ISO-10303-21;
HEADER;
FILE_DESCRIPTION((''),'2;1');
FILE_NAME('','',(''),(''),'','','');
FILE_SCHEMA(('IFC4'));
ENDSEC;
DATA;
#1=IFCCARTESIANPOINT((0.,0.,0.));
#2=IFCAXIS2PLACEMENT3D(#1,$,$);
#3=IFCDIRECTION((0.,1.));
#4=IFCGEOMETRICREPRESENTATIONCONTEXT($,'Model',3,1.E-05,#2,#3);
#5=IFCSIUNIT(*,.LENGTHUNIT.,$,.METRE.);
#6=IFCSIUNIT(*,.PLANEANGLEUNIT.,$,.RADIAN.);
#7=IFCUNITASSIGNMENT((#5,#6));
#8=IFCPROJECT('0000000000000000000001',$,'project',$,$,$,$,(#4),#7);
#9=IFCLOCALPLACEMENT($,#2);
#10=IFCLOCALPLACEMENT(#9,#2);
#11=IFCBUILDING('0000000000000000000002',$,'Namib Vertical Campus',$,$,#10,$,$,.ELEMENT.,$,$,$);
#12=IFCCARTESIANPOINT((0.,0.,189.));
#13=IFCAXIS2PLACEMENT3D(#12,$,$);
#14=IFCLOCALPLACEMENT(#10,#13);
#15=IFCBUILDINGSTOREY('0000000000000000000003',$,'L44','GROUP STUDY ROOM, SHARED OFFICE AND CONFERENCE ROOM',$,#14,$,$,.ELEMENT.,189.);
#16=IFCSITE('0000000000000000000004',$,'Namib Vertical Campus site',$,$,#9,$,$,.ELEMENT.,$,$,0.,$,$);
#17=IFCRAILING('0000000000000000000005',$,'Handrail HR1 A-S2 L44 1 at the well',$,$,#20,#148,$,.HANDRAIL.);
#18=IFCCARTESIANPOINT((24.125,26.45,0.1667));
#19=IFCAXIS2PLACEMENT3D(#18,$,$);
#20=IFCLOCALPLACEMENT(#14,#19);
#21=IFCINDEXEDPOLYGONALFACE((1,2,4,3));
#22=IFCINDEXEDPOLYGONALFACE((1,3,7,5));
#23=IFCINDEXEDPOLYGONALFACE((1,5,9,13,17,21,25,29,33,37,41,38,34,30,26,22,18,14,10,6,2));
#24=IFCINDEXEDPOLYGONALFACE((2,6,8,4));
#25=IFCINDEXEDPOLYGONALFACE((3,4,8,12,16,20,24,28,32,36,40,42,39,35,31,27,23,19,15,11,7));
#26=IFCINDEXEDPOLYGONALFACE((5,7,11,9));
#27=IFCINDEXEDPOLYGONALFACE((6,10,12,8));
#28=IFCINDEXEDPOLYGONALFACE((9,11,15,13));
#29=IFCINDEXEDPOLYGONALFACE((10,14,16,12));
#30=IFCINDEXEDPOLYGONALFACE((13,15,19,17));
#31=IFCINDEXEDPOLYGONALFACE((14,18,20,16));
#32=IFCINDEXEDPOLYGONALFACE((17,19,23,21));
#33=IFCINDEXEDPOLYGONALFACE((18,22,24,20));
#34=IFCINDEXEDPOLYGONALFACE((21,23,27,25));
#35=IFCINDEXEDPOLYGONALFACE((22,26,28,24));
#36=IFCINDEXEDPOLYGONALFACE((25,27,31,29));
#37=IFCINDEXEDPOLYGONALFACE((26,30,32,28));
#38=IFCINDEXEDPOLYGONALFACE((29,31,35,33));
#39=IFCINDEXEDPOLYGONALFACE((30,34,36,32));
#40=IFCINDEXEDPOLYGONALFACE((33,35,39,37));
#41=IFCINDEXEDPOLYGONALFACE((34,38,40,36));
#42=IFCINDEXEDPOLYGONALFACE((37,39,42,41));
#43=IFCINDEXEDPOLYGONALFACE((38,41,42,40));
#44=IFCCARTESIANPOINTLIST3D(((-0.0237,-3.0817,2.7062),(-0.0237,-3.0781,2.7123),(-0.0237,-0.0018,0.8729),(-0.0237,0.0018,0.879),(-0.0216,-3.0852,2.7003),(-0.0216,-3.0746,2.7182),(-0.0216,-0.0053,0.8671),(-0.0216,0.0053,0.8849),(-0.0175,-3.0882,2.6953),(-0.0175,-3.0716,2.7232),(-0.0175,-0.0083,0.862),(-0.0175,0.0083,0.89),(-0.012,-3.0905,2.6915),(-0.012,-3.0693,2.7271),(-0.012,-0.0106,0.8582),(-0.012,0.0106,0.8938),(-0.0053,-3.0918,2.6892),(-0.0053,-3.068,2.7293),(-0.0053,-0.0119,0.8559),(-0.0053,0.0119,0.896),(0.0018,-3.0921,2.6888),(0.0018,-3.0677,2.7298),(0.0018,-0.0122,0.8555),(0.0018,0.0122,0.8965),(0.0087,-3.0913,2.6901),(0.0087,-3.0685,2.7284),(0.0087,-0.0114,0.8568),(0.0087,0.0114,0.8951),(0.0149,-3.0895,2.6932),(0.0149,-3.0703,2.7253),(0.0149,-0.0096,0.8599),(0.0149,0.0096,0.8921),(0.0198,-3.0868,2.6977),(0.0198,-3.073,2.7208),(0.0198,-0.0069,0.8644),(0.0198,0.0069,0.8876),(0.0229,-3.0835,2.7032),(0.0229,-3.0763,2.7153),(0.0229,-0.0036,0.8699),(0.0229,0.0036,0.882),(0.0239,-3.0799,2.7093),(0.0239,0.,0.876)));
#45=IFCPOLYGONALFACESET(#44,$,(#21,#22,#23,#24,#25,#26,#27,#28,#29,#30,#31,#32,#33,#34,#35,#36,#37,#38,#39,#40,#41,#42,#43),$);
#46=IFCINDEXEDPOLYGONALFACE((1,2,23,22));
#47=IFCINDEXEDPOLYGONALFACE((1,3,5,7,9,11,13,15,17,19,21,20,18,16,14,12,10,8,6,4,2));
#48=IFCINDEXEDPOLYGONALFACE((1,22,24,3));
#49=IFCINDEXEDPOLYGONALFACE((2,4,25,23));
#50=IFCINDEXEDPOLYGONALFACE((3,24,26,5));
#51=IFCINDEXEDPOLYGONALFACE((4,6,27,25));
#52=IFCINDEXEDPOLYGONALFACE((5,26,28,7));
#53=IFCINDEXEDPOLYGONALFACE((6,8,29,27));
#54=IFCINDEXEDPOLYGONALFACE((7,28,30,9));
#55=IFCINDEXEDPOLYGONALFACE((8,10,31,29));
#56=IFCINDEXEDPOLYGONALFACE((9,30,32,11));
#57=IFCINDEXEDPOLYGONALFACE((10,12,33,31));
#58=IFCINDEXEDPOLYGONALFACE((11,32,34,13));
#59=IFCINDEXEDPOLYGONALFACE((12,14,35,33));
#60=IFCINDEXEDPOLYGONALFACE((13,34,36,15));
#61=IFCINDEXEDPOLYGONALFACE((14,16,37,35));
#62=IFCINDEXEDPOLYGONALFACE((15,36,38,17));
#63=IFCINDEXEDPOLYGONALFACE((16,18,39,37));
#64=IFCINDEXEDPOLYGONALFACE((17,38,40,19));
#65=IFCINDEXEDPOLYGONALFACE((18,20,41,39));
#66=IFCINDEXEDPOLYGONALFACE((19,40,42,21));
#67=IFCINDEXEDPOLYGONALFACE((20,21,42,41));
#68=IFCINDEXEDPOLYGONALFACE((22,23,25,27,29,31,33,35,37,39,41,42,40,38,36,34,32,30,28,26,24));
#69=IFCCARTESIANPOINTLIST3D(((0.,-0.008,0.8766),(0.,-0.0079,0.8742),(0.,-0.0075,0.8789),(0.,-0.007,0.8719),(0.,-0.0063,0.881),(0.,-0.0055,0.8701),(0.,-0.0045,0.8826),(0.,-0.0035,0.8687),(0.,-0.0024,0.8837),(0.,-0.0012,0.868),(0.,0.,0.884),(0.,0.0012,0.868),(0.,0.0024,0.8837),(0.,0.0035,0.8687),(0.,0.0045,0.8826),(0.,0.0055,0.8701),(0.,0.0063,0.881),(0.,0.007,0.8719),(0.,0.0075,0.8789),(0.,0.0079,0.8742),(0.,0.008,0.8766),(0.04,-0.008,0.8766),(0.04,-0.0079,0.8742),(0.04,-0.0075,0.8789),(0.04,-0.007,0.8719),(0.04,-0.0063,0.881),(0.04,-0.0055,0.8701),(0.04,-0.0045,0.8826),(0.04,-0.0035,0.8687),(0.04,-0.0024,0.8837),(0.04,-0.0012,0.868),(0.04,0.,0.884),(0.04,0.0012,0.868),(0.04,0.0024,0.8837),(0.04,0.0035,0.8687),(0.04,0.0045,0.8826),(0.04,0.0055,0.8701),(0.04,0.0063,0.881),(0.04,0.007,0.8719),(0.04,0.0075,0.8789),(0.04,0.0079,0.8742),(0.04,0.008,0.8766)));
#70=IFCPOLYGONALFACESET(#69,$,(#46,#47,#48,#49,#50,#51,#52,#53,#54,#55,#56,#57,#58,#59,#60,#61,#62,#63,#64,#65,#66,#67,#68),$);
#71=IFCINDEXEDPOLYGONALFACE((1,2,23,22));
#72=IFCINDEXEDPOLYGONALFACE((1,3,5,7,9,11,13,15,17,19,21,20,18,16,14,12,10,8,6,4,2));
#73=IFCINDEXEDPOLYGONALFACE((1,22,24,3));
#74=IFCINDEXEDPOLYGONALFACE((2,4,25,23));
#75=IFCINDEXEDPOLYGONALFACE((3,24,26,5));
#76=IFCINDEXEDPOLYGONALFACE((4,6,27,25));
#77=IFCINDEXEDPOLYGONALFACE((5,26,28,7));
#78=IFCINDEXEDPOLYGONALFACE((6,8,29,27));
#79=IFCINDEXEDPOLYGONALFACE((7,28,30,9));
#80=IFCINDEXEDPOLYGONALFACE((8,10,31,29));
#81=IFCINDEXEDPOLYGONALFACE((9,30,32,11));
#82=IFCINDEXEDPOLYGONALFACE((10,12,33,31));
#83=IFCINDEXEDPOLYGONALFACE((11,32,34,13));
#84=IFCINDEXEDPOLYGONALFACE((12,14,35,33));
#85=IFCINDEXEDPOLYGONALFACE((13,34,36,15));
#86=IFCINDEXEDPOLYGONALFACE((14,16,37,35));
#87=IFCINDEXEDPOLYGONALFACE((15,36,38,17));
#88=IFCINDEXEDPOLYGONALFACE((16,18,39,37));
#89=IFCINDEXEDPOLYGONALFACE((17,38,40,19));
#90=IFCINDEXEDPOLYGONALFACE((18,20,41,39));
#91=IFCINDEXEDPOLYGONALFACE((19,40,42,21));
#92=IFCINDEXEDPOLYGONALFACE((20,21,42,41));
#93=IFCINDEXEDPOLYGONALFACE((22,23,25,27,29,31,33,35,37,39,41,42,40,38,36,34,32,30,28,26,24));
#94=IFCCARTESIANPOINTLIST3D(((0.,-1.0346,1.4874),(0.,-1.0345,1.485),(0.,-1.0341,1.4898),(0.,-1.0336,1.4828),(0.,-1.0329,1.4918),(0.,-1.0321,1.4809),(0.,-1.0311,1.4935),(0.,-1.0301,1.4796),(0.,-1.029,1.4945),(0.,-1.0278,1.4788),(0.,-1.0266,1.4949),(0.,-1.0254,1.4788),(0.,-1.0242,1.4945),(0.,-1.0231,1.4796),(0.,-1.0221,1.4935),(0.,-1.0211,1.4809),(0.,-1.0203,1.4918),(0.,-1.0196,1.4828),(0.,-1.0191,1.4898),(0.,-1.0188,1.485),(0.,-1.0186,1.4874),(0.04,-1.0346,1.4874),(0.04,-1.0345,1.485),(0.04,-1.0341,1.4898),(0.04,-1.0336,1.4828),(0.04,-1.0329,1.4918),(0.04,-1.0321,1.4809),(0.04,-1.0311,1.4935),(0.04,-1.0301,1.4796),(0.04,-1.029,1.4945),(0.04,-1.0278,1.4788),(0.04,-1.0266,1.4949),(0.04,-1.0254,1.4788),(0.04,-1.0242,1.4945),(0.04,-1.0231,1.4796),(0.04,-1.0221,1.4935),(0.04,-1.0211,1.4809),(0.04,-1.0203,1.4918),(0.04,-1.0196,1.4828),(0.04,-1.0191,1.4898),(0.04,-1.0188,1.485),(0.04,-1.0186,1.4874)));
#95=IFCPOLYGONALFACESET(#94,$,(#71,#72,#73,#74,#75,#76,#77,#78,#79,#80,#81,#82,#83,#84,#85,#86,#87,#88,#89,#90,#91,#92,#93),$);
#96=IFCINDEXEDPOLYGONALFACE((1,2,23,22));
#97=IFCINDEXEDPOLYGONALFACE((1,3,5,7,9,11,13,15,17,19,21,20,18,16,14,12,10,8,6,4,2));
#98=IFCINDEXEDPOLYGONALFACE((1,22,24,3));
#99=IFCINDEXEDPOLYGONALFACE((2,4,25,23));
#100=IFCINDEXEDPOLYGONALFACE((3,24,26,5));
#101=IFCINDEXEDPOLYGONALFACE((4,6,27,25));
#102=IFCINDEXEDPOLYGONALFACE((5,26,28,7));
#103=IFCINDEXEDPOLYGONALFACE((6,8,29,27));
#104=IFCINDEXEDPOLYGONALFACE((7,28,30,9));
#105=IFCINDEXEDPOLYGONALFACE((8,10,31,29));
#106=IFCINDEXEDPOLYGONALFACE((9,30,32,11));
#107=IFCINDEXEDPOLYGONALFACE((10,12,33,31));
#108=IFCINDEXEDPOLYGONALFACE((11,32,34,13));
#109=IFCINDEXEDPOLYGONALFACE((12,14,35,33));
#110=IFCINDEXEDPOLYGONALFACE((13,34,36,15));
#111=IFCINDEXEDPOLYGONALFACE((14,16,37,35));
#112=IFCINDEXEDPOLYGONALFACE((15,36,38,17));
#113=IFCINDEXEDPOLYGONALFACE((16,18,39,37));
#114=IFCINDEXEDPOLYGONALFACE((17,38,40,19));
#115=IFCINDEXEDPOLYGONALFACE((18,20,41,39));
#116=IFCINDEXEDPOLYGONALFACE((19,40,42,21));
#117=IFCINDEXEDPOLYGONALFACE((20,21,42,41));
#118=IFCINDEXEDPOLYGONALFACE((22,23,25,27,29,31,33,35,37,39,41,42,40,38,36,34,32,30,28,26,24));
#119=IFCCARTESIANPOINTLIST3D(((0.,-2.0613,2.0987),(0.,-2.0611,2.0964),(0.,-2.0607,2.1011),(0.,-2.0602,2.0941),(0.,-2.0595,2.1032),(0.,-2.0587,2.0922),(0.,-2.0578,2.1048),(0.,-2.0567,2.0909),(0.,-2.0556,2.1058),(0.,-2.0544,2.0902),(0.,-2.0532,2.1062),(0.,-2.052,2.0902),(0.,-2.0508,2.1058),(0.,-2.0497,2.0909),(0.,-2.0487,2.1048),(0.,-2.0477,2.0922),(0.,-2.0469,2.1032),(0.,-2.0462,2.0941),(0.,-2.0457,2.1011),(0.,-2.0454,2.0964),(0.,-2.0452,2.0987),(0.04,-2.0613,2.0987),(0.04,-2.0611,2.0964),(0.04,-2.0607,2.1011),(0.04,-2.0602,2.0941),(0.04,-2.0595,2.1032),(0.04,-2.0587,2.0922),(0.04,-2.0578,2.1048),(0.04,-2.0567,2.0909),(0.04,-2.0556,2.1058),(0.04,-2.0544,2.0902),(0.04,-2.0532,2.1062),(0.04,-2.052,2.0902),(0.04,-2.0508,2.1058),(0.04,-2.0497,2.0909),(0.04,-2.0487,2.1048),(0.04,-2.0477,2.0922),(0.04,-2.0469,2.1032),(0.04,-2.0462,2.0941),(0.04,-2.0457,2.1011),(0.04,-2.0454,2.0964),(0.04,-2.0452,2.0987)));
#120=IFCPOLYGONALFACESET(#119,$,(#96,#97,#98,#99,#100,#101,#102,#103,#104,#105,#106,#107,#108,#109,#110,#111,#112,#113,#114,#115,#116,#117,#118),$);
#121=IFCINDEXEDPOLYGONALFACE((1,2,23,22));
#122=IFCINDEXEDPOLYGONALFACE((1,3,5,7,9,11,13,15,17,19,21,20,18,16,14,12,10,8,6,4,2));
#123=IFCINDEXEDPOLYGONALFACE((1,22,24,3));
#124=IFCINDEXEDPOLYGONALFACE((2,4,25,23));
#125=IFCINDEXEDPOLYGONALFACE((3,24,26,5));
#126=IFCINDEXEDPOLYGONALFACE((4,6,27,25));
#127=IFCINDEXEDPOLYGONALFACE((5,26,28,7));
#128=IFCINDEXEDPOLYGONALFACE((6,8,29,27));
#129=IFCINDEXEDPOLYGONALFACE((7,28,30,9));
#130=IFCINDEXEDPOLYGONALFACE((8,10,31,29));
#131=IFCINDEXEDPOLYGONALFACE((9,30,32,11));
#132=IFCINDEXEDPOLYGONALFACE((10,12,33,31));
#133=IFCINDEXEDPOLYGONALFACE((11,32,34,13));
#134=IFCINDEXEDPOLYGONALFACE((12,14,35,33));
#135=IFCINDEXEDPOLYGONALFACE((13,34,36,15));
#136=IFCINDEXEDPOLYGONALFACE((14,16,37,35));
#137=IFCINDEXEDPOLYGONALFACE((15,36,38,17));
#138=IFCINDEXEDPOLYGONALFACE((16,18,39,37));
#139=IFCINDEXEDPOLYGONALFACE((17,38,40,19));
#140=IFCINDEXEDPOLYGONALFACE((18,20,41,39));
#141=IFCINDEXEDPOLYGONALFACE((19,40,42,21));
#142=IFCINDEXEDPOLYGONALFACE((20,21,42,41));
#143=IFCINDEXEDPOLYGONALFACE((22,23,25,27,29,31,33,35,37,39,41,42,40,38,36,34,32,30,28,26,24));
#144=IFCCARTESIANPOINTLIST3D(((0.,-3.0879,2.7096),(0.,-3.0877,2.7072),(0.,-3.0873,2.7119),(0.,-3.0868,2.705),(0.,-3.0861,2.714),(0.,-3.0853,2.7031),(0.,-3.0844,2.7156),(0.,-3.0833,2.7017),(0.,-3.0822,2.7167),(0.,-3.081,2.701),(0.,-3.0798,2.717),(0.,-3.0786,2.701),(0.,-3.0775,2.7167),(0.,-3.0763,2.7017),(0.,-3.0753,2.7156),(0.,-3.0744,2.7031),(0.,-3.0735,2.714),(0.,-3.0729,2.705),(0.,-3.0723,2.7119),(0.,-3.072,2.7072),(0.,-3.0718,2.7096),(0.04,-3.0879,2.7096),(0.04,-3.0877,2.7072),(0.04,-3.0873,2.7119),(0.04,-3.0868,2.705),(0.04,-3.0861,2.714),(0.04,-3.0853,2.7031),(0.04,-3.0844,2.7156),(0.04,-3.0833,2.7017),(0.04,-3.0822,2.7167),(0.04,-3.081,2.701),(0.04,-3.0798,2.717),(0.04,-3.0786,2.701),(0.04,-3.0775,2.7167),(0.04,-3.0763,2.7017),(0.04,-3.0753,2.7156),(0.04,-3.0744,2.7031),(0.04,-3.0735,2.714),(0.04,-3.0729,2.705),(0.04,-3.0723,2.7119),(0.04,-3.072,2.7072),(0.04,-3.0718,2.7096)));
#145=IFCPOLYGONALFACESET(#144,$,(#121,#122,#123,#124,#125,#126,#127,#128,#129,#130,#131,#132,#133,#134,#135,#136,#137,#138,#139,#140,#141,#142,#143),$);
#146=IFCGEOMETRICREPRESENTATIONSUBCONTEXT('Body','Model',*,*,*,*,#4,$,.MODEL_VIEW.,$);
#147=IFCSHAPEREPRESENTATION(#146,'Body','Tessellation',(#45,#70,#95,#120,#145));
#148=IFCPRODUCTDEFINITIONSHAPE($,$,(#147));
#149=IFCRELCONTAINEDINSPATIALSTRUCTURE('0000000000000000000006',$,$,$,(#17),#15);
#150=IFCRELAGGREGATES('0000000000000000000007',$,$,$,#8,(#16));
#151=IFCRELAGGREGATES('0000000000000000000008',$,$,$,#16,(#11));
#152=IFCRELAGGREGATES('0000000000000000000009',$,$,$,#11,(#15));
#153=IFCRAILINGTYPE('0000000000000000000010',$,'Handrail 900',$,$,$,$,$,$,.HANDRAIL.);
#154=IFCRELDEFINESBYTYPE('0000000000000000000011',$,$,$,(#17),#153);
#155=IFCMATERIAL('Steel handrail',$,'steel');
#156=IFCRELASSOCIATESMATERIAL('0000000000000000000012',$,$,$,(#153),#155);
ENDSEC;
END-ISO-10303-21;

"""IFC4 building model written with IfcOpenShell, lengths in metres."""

from ifc_helpers import new_model, si_unit, direction, frame, origin, origin_2d, place, context, subcontext, project, spatial, circle, extrude, material, type_object, element, save


model = new_model("IFC4")

# Units and contexts
model_context = context("Model", 3, precision=1e-05, world=origin(), true_north=direction((0.0, 1.0)))
body_context = subcontext(model_context, "Body", "Model", "MODEL_VIEW")
ifc_project = project(units=[si_unit("LENGTHUNIT", "METRE"), si_unit("PLANEANGLEUNIT", "RADIAN")], contexts=[model_context])

# Site, building, storey
site_placement = place(None, origin())
site = spatial("IfcSite", under=ifc_project, at=site_placement, Name="Namib Vertical Campus site", CompositionType="ELEMENT", RefElevation=0.0)
building_placement = place(site_placement, origin())
building = spatial("IfcBuilding", under=site, at=building_placement, Name="Namib Vertical Campus", CompositionType="ELEMENT")
storey_placement = place(building_placement, frame((0.0, 0.0, 189.0)))
storey = spatial("IfcBuildingStorey", under=building, at=storey_placement, Name="L44", Description="GROUP STUDY ROOM, SHARED OFFICE AND CONFERENCE ROOM", CompositionType="ELEMENT", Elevation=189.0)

# Railing
ifc_material_1 = material(Name="Steel handrail", Category="steel")
railing_type_1 = type_object("IfcRailingType", Name="Handrail 900", PredefinedType="HANDRAIL", material=ifc_material_1)
railing_1_placement = place(storey_placement, frame((24.125, 26.45, 0.1667)))
element("IfcRailing", 1, at=railing_1_placement, inside=storey, type_object=railing_type_1, Name="Handrail HR1 A-S2 L44 1 at the well", PredefinedType="HANDRAIL", context=body_context, shape_type="SweptSolid", body=[
    extrude(circle(Radius=0.0239, at=origin_2d()), frame((0.0, 0.0, 0.876), z_axis=(0.0, -0.859291, 0.511487), x_axis=(1.0, 0.0, 0.0)), (0.0, 0.0, 1.0), 3.5842),
    extrude(circle(Radius=0.0081, at=origin_2d()), frame((0.0, 0.0, 0.876), z_axis=(1.0, 0.0, 0.0), x_axis=(0.0, 0.0, 1.0)), (0.0, 0.0, 1.0), 0.04),
    extrude(circle(Radius=0.0081, at=origin_2d()), frame((0.0, -1.0266, 1.4868), z_axis=(1.0, 0.0, 0.0), x_axis=(0.0, 0.0, 1.0)), (0.0, 0.0, 1.0), 0.04),
    extrude(circle(Radius=0.0081, at=origin_2d()), frame((0.0, -2.0532, 2.0981), z_axis=(1.0, 0.0, 0.0), x_axis=(0.0, 0.0, 1.0)), (0.0, 0.0, 1.0), 0.04),
    extrude(circle(Radius=0.0081, at=origin_2d()), frame((0.0, -3.0798, 2.709), z_axis=(1.0, 0.0, 0.0), x_axis=(0.0, 0.0, 1.0)), (0.0, 0.0, 1.0), 0.04),
])

save(model, "model.ifc")
